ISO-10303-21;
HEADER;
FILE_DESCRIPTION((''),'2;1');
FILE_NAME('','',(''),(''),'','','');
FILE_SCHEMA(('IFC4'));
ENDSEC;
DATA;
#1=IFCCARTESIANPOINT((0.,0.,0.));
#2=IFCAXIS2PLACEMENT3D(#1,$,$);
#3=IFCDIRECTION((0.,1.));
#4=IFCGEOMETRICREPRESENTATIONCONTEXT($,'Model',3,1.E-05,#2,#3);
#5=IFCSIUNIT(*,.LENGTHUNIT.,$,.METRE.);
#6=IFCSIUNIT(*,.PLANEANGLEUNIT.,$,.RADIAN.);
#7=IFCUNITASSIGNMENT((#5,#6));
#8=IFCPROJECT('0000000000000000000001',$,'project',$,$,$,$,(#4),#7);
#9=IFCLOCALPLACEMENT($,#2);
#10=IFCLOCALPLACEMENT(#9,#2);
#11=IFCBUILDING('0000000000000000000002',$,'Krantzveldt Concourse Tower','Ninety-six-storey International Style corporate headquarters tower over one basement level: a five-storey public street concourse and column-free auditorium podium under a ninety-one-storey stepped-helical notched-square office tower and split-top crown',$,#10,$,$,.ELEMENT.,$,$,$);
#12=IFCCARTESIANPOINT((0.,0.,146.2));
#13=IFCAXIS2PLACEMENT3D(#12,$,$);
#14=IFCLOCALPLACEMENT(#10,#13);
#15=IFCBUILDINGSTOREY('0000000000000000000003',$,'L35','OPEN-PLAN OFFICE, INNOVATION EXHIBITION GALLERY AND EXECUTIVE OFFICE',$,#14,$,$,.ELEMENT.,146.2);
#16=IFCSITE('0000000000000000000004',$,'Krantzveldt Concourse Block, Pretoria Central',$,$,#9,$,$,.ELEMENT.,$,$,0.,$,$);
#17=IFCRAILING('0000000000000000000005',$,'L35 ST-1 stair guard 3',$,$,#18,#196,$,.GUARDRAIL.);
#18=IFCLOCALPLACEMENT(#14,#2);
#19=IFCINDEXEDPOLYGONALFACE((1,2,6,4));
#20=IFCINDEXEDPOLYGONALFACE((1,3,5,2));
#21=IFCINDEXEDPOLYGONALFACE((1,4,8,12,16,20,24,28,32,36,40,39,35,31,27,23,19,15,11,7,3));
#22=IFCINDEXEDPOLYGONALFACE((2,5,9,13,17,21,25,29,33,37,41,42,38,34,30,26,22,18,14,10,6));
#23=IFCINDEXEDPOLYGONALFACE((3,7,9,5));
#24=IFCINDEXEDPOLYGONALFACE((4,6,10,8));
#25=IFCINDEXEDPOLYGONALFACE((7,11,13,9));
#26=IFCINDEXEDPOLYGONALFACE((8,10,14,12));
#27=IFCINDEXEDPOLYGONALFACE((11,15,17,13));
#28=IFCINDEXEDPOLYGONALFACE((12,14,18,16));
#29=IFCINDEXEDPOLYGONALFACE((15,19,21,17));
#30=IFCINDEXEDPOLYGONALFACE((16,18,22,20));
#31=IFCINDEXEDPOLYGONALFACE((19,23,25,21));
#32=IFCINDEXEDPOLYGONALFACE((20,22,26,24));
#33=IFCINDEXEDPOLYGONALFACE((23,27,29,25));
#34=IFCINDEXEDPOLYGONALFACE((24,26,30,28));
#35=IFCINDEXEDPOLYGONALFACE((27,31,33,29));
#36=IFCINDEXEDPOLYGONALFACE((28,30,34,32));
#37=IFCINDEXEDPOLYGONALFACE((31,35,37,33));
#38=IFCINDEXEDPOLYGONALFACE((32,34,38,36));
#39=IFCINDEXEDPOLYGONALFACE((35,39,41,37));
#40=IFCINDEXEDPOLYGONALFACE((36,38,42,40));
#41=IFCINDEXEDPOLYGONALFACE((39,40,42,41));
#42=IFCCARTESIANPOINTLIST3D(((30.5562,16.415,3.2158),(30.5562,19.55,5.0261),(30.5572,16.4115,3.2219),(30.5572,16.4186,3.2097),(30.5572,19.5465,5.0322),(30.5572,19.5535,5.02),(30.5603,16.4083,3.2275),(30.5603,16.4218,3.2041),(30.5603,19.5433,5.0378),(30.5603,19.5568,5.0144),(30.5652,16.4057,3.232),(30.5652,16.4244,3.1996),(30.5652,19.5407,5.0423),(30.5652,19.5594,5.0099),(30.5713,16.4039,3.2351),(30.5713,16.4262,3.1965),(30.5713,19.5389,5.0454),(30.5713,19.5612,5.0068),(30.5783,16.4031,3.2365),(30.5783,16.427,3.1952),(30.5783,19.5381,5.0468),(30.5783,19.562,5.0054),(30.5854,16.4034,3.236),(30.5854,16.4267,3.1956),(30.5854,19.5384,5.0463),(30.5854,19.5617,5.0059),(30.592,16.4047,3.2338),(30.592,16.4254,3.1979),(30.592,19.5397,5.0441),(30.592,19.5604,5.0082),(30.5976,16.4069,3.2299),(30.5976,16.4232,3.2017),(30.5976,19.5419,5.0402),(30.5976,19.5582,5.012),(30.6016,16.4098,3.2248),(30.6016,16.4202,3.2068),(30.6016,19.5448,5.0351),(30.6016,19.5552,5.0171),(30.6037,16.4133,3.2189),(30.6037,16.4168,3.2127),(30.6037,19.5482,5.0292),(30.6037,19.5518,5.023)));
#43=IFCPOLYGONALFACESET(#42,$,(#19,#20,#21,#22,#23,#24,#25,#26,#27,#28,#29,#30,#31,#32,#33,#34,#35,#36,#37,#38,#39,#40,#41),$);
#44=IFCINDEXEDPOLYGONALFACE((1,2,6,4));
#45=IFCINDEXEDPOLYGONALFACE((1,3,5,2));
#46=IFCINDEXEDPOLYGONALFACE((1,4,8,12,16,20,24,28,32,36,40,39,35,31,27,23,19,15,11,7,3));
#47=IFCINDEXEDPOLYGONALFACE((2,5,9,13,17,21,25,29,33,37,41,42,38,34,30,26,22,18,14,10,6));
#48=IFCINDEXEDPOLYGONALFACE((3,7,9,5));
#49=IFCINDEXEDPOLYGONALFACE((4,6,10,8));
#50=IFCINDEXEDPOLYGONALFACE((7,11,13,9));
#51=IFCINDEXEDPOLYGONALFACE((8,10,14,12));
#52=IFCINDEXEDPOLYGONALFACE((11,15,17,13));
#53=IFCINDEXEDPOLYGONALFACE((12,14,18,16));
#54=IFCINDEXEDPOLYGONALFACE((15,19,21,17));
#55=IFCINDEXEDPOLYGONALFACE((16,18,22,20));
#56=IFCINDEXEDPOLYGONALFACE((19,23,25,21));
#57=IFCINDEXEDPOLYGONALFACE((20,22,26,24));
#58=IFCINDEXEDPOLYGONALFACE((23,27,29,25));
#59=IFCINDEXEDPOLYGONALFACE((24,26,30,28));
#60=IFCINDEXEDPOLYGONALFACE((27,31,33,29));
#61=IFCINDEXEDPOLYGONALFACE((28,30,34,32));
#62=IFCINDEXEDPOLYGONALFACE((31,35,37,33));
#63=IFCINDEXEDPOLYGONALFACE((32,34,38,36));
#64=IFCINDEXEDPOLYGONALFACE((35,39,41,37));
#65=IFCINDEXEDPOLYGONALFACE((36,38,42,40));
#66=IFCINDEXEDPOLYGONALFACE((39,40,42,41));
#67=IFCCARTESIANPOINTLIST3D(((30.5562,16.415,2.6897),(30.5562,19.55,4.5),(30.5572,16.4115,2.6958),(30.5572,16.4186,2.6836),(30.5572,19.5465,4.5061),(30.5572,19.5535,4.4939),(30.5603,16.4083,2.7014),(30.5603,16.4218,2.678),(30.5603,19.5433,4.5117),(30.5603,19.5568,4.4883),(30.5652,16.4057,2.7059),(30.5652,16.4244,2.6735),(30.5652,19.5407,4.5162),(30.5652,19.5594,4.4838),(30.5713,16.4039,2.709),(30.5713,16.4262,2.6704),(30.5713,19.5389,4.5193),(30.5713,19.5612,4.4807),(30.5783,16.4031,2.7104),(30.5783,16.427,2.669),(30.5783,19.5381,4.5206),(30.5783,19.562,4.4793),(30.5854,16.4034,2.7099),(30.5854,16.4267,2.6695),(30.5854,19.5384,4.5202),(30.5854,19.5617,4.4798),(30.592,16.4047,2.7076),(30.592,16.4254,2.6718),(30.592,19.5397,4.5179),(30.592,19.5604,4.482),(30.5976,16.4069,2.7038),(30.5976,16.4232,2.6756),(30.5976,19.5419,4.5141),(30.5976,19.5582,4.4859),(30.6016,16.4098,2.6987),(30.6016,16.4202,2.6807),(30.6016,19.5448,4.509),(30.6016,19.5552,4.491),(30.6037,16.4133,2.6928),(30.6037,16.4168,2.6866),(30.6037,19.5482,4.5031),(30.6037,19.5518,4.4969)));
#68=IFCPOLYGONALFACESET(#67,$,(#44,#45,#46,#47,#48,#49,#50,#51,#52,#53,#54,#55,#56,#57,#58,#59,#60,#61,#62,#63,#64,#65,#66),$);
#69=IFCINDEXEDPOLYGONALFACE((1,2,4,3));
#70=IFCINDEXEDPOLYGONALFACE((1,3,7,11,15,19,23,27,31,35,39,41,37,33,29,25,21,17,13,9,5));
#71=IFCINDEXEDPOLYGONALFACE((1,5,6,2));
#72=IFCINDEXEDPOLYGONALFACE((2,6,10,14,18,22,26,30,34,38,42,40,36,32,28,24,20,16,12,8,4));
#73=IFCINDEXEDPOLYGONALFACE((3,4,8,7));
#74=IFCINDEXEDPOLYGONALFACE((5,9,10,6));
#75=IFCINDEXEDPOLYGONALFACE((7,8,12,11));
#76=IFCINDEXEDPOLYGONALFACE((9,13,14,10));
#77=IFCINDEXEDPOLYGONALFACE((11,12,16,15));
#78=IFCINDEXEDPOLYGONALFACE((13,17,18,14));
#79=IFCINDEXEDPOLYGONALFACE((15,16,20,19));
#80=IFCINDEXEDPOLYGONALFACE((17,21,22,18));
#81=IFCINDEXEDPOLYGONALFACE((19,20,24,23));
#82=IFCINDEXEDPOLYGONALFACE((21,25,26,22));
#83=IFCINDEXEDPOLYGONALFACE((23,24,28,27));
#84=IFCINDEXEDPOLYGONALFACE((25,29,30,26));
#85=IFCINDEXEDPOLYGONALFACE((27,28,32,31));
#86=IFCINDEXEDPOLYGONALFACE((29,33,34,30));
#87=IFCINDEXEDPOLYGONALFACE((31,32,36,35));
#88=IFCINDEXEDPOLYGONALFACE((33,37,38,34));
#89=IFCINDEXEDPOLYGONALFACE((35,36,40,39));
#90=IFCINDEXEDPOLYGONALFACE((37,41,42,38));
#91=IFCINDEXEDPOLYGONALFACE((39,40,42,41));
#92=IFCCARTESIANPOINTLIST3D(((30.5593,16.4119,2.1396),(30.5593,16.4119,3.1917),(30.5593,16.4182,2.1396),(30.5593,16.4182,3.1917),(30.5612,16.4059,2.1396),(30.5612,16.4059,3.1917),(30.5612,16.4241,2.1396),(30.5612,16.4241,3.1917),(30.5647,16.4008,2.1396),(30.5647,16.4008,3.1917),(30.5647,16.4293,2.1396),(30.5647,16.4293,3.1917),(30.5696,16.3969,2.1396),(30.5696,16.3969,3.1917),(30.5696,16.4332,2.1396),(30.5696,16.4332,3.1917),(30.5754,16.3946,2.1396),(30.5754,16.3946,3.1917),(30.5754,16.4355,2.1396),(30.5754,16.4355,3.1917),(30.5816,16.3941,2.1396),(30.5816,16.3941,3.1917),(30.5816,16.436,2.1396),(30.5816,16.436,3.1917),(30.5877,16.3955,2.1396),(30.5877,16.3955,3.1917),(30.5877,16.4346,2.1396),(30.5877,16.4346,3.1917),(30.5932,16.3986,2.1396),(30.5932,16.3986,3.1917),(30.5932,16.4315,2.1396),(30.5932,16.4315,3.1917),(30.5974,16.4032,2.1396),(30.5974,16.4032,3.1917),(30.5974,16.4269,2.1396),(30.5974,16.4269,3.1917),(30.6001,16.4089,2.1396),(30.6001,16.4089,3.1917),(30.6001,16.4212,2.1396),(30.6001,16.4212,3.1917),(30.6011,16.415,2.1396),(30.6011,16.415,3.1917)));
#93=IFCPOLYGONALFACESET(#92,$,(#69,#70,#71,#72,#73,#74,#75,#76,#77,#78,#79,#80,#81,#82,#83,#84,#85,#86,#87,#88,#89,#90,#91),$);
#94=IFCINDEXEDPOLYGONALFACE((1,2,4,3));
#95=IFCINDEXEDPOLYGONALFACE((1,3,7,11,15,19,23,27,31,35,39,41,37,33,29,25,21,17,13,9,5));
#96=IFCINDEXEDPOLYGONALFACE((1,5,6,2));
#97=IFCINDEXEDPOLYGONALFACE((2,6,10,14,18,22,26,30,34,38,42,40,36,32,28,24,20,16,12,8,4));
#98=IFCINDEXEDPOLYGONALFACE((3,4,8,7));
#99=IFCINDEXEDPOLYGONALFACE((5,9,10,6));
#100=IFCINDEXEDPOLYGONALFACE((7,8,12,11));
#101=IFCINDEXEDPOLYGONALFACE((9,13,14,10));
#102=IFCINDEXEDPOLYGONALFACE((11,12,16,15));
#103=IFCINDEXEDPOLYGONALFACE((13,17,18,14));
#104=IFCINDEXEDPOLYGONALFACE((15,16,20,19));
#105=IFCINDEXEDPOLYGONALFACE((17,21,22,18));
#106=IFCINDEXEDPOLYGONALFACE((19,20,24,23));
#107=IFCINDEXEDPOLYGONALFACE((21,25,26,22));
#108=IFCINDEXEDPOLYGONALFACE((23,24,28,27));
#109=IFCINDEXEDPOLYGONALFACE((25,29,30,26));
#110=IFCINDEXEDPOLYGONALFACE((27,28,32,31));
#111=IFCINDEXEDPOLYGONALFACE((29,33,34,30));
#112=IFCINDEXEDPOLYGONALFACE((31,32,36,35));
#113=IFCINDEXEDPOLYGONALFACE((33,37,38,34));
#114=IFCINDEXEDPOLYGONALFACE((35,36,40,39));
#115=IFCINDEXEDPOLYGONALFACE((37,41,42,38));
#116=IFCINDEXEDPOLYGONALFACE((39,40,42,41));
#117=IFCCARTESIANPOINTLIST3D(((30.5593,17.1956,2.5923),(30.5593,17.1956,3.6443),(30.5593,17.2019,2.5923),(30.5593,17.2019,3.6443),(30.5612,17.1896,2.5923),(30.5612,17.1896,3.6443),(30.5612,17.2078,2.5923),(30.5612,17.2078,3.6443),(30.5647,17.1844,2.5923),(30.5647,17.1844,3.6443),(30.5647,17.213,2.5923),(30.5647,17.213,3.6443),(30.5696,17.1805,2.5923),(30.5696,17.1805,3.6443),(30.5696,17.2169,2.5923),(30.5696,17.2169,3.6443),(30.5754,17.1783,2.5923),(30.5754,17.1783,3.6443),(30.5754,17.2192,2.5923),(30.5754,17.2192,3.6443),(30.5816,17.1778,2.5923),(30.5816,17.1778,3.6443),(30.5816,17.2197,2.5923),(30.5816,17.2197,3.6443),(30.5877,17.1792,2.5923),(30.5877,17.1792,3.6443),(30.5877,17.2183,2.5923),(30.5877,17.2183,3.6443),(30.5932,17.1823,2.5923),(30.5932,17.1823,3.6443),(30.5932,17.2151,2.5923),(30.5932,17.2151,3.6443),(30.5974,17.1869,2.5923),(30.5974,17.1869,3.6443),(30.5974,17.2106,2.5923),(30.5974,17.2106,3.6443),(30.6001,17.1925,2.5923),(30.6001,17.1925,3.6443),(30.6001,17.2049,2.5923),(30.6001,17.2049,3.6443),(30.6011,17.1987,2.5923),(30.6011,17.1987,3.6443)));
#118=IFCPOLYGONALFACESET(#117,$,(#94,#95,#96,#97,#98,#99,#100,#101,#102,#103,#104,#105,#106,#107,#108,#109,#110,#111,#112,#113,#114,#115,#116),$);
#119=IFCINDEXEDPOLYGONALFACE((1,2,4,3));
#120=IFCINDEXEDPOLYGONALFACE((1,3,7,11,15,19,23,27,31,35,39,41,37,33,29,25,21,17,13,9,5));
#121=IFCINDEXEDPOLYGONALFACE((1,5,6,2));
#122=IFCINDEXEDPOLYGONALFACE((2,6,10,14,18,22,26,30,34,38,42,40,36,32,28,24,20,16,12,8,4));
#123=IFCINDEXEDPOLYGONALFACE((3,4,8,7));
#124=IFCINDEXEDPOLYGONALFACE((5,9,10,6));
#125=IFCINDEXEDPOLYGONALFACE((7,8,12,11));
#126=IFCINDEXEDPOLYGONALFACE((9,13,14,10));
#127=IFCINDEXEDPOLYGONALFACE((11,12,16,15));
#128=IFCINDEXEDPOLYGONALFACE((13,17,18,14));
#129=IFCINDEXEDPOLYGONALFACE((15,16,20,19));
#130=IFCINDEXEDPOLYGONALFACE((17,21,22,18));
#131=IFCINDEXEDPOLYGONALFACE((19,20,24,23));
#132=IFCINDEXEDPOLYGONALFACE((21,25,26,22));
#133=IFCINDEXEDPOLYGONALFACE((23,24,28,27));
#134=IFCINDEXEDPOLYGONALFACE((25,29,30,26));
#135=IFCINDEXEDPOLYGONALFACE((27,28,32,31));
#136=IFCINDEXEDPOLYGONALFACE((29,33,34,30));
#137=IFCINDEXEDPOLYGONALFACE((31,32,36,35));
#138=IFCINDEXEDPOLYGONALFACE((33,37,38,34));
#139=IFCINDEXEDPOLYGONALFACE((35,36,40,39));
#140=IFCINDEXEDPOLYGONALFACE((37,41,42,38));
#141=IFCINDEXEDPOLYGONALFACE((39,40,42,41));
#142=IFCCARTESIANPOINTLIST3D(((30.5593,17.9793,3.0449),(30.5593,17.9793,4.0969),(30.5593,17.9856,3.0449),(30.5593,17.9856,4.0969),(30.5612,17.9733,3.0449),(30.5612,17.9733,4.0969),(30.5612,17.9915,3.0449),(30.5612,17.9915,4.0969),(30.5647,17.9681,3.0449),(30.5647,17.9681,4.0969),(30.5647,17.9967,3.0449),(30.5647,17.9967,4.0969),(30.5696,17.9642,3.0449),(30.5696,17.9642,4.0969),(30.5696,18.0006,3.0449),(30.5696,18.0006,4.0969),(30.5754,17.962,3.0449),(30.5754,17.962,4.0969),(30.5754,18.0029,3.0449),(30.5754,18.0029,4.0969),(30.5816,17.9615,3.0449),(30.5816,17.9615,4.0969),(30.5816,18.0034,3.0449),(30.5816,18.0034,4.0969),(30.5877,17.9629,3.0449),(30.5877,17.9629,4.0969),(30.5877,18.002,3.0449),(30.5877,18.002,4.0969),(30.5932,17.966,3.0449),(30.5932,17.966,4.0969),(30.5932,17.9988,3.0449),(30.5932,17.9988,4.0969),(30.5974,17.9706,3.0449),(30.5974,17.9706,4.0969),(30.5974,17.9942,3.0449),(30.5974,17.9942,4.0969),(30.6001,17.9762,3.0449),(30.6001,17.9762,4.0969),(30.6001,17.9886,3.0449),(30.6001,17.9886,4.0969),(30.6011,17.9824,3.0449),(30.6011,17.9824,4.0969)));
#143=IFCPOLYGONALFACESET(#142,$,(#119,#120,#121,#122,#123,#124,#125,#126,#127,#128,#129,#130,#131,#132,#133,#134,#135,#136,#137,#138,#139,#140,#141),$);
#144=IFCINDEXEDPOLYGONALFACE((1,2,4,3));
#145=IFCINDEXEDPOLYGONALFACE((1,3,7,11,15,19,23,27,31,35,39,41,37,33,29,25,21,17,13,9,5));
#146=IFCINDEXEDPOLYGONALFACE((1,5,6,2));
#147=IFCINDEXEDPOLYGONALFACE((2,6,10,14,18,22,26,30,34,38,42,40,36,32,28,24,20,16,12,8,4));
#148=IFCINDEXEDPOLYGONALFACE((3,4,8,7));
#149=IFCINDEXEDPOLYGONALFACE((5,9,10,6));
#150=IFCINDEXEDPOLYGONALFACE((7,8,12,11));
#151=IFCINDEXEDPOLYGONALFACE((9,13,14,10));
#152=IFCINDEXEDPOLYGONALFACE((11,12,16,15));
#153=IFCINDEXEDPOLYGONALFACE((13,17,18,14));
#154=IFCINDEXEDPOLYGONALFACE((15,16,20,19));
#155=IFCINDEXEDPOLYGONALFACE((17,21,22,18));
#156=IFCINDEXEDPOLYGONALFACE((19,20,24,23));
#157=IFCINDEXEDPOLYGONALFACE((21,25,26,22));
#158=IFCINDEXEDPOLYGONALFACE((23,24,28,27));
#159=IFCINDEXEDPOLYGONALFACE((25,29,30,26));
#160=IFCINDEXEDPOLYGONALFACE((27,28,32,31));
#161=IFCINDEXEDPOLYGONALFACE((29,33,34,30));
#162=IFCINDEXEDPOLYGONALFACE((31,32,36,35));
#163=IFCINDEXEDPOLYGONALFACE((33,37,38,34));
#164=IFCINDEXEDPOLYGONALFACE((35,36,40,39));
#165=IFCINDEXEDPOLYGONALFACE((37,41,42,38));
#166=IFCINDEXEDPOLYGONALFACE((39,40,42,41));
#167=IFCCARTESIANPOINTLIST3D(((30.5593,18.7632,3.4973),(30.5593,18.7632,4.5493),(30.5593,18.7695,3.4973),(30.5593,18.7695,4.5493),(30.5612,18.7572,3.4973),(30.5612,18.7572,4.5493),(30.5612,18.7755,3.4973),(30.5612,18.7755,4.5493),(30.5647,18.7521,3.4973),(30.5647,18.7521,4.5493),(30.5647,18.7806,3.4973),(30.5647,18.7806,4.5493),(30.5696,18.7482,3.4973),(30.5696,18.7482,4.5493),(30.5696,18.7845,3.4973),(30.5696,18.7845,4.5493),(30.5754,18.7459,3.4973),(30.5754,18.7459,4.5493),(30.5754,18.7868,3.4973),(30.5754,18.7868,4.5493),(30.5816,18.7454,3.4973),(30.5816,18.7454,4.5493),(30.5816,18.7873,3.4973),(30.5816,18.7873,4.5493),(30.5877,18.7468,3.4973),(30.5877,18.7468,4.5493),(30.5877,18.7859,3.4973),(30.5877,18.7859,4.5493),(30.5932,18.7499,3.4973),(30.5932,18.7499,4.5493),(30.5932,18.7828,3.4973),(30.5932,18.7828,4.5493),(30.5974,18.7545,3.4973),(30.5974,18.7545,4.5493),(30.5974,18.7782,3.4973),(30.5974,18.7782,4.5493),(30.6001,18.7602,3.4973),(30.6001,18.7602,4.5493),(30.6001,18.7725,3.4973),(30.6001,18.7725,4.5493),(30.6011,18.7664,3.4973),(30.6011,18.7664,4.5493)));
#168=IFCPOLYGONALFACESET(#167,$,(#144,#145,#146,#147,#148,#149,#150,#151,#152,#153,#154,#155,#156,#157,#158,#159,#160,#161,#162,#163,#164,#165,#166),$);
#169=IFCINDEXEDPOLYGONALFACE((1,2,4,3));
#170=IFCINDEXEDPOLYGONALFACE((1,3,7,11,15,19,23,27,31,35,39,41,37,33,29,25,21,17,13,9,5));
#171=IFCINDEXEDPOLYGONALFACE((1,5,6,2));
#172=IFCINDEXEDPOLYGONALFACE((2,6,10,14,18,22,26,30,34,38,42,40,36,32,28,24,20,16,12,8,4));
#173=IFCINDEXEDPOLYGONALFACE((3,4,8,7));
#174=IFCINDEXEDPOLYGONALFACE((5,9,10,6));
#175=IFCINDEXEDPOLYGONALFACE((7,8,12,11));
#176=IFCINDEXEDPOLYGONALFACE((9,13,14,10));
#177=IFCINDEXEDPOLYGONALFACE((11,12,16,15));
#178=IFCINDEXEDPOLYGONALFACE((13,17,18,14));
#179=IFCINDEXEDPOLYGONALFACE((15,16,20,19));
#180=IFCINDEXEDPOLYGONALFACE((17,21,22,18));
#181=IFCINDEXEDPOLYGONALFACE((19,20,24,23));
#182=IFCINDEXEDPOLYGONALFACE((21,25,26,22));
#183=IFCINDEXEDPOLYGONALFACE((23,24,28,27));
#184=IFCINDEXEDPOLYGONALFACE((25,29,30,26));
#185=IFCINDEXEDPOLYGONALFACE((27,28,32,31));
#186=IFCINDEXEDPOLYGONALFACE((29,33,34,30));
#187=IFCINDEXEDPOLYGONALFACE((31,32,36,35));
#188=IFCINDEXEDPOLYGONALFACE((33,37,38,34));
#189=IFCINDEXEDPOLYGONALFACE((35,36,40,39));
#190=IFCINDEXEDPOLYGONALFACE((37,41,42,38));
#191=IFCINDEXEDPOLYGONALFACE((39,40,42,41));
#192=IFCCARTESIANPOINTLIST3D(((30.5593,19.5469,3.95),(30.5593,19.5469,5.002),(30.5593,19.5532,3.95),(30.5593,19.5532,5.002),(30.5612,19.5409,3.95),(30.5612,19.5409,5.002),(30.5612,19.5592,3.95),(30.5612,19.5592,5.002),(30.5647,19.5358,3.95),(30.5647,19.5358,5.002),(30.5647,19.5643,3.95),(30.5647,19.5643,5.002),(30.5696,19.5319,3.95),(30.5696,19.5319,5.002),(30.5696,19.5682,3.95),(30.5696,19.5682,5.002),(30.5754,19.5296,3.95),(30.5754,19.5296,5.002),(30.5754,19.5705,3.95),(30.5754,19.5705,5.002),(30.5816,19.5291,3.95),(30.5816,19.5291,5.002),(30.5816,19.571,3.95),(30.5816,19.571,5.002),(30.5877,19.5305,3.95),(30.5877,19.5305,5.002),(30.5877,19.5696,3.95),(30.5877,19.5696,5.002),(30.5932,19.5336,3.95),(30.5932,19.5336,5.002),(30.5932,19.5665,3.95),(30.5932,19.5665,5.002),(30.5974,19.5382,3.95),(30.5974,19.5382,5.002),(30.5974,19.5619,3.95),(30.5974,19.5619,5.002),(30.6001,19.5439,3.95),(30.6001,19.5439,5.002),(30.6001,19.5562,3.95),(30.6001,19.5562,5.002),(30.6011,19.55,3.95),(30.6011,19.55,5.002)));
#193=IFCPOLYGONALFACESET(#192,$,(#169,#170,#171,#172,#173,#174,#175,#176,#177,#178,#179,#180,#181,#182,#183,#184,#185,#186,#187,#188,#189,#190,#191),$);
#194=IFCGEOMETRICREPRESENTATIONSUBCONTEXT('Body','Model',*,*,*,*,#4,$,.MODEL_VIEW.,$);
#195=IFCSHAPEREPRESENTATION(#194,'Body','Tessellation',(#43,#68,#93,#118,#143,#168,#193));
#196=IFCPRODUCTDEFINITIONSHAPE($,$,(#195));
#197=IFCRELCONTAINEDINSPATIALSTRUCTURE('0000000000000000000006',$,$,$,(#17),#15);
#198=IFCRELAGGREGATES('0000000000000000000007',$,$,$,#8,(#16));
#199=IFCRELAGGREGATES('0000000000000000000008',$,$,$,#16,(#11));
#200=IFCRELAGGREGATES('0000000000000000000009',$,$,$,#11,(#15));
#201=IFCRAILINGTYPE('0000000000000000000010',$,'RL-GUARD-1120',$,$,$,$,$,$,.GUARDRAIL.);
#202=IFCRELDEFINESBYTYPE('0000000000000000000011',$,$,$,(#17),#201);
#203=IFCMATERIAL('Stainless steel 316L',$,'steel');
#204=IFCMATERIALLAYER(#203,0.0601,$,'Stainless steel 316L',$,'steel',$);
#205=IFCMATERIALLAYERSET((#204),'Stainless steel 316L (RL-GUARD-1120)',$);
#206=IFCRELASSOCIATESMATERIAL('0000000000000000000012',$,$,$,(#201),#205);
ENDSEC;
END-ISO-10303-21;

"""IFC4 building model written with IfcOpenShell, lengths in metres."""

from ifc_helpers import new_model, si_unit, direction, frame, origin, origin_2d, place, context, subcontext, project, spatial, circle, extrude, material, layer, layer_set, type_object, element, save


model = new_model("IFC4")

# Units and contexts
model_context = context("Model", 3, precision=1e-05, world=origin(), true_north=direction((0.0, 1.0)))
body_context = subcontext(model_context, "Body", "Model", "MODEL_VIEW")
ifc_project = project(units=[si_unit("LENGTHUNIT", "METRE"), si_unit("PLANEANGLEUNIT", "RADIAN")], contexts=[model_context])

# Site, building, storey
site_placement = place(None, origin())
site = spatial("IfcSite", under=ifc_project, at=site_placement, Name="Krantzveldt Concourse Block, Pretoria Central", CompositionType="ELEMENT", RefElevation=0.0)
building_placement = place(site_placement, origin())
building = spatial("IfcBuilding", under=site, at=building_placement, Name="Krantzveldt Concourse Tower", Description="Ninety-six-storey International Style corporate headquarters tower over one basement level: a five-storey public street concourse and column-free auditorium podium under a ninety-one-storey stepped-helical notched-square office tower and split-top crown", CompositionType="ELEMENT")
storey_placement = place(building_placement, frame((0.0, 0.0, 146.2)))
storey = spatial("IfcBuildingStorey", under=building, at=storey_placement, Name="L35", Description="OPEN-PLAN OFFICE, INNOVATION EXHIBITION GALLERY AND EXECUTIVE OFFICE", CompositionType="ELEMENT", Elevation=146.2)

# Shared definitions
ifc_material_1 = material(Name="Stainless steel 316L", Category="steel")

# Railing
ifc_layer_1 = layer(ifc_material_1, 0.0601, Name="Stainless steel 316L", Category="steel")
ifc_layer_set_1 = layer_set([ifc_layer_1], Name="Stainless steel 316L (RL-GUARD-1120)")
railing_type_1 = type_object("IfcRailingType", Name="RL-GUARD-1120", PredefinedType="GUARDRAIL", material=ifc_layer_set_1)
railing_1_placement = place(storey_placement, frame((30.5801, 16.415, 2.1396)))
element("IfcRailing", 1, at=railing_1_placement, inside=storey, type_object=railing_type_1, Name="L35 ST-1 stair guard 3", PredefinedType="GUARDRAIL", context=body_context, shape_type="SweptSolid", body=[
    extrude(circle(Radius=0.0239, at=origin_2d()), frame((0.0, 0.0, 1.0762), z_axis=(0.0, 0.865989, 0.500063), x_axis=(-1.0, 0.0, 0.0)), (0.0, 0.0, 1.0), 3.6201),
    extrude(circle(Radius=0.0239, at=origin_2d()), frame((0.0, 0.0, 0.55), z_axis=(0.0, 0.865989, 0.500063), x_axis=(-1.0, 0.0, 0.0)), (0.0, 0.0, 1.0), 3.6201),
    extrude(circle(Radius=0.021, at=origin_2d()), origin(), (0.0, 0.0, 1.0), 1.052),
    extrude(circle(Radius=0.021, at=origin_2d()), frame((0.0, 0.7837, 0.4526)), (0.0, 0.0, 1.0), 1.052),
    extrude(circle(Radius=0.021, at=origin_2d()), frame((0.0, 1.5674, 0.9053)), (0.0, 0.0, 1.0), 1.052),
    extrude(circle(Radius=0.021, at=origin_2d()), frame((0.0, 2.3513, 1.3577)), (0.0, 0.0, 1.0), 1.052),
    extrude(circle(Radius=0.021, at=origin_2d()), frame((0.0, 3.135, 1.8103)), (0.0, 0.0, 1.0), 1.052),
])

save(model, "model.ifc")
